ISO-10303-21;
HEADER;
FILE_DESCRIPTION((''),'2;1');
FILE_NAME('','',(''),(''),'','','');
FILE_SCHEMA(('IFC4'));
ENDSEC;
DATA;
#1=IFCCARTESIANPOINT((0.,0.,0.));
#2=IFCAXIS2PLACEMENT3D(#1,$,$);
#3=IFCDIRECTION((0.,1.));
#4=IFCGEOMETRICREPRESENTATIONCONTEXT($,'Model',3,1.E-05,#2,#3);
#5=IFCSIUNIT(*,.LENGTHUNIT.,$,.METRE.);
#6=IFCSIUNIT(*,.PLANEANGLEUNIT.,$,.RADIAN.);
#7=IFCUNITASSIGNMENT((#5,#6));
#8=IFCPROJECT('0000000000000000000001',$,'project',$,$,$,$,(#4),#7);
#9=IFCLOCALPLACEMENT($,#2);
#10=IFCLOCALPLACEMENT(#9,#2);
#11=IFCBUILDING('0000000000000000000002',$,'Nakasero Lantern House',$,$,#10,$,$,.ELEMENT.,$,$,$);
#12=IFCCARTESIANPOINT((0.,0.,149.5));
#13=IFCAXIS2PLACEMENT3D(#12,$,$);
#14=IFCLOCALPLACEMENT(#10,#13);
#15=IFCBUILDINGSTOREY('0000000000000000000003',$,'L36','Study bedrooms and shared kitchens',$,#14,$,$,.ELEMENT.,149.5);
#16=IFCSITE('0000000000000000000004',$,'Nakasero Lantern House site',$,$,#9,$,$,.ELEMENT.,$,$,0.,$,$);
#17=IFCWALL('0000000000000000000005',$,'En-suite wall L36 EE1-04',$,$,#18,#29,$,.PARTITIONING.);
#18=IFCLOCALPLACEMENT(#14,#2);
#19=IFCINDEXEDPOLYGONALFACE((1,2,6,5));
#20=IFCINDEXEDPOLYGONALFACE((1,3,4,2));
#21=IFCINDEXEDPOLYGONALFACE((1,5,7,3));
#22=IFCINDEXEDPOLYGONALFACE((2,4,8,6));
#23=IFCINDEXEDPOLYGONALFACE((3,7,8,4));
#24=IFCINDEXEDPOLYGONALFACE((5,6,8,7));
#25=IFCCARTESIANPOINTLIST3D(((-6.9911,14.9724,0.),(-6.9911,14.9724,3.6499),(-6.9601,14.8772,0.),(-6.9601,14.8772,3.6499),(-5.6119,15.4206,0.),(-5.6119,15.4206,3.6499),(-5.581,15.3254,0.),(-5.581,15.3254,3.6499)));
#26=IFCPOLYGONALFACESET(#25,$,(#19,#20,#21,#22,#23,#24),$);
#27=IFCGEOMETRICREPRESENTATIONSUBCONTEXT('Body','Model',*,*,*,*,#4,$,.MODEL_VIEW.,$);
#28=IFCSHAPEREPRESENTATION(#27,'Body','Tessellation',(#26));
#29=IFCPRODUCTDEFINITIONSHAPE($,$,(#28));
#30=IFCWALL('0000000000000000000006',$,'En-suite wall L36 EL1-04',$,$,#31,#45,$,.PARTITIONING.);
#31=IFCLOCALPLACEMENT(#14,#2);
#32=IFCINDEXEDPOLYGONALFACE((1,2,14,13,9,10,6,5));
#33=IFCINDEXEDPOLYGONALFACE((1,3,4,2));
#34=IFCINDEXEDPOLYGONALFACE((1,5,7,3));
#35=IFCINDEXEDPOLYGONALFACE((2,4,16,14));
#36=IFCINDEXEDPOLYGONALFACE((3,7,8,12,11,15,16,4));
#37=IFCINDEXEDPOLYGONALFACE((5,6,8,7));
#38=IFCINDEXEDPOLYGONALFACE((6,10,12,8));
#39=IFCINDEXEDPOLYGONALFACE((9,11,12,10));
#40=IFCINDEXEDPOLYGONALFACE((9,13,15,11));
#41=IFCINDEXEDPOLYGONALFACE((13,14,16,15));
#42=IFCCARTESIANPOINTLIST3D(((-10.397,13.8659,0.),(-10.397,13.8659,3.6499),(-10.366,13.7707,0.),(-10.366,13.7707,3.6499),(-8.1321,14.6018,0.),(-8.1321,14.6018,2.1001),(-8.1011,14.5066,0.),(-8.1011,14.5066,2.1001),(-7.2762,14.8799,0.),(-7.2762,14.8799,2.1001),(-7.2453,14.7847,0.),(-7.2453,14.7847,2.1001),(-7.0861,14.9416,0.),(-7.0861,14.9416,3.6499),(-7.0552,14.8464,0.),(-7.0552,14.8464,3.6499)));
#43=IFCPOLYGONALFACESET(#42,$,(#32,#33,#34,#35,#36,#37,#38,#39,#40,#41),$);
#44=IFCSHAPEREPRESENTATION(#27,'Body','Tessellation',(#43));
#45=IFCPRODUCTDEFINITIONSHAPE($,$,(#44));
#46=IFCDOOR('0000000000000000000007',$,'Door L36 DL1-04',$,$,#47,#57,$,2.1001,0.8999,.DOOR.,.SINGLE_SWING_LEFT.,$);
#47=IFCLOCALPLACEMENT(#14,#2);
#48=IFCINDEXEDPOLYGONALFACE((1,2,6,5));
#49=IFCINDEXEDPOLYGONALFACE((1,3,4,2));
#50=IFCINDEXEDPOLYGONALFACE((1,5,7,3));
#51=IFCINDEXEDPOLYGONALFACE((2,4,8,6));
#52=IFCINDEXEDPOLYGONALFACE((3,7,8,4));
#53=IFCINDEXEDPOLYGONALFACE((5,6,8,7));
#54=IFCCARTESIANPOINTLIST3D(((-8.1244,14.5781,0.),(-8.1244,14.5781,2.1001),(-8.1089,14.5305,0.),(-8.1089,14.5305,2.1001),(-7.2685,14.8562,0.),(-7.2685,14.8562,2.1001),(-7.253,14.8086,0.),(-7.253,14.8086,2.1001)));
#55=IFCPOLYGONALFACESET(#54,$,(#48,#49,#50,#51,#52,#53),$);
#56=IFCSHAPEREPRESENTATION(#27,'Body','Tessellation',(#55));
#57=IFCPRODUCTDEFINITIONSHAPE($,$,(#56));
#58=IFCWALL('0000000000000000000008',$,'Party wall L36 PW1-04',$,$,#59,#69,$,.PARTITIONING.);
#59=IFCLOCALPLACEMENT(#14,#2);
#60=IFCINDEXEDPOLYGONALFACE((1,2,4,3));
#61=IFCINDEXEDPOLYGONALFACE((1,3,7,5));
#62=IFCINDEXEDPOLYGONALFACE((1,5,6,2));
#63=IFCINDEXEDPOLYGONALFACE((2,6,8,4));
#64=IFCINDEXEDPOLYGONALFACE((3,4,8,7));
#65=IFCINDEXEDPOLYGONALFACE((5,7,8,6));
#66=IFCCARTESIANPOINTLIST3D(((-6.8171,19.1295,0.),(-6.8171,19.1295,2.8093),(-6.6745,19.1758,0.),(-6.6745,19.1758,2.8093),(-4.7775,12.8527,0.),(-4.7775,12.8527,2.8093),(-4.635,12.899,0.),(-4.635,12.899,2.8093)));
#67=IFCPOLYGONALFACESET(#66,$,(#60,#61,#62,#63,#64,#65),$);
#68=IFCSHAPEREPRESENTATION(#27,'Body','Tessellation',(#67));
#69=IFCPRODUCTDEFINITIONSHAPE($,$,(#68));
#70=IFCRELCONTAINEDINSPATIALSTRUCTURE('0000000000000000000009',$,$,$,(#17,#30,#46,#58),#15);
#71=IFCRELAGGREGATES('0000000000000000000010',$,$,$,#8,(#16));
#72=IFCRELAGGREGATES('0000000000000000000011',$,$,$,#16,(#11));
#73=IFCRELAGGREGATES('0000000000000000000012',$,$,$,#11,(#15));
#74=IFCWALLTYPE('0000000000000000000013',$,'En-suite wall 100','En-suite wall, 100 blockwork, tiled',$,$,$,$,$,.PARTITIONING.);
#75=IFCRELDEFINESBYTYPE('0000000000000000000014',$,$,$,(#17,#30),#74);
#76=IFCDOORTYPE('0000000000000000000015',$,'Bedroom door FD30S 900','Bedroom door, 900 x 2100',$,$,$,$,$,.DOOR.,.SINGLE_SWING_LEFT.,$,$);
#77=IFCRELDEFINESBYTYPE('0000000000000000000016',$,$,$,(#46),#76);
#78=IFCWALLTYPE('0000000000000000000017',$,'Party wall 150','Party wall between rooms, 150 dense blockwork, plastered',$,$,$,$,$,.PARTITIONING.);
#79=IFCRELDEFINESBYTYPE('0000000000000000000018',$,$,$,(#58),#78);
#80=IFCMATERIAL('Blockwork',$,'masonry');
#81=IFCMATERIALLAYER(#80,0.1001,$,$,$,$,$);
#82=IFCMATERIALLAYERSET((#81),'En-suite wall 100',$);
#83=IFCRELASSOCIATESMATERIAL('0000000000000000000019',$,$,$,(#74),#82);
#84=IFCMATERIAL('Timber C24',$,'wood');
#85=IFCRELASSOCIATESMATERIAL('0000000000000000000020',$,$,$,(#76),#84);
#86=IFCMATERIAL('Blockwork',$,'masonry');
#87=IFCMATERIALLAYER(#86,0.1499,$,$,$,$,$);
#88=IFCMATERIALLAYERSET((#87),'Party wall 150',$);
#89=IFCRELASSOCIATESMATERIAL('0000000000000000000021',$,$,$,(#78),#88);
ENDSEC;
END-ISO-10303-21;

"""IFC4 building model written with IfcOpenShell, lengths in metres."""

from ifc_helpers import new_model, si_unit, direction, frame, frame_2d, origin, place, context, subcontext, project, spatial, rectangle, extrude, material, layer, layer_set, type_object, element, fill, save


model = new_model("IFC4")

# Units and contexts
model_context = context("Model", 3, precision=1e-05, world=origin(), true_north=direction((0.0, 1.0)))
body_context = subcontext(model_context, "Body", "Model", "MODEL_VIEW")
ifc_project = project(units=[si_unit("LENGTHUNIT", "METRE"), si_unit("PLANEANGLEUNIT", "RADIAN")], contexts=[model_context])

# Site, building, storey
site_placement = place(None, origin())
site = spatial("IfcSite", under=ifc_project, at=site_placement, Name="Nakasero Lantern House site", CompositionType="ELEMENT", RefElevation=0.0)
building_placement = place(site_placement, origin())
building = spatial("IfcBuilding", under=site, at=building_placement, Name="Nakasero Lantern House", CompositionType="ELEMENT")
storey_placement = place(building_placement, frame((0.0, 0.0, 149.5)))
storey = spatial("IfcBuildingStorey", under=building, at=storey_placement, Name="L36", Description="Study bedrooms and shared kitchens", CompositionType="ELEMENT", Elevation=149.5)

# Shared definitions
ifc_material_1 = material(Name="Blockwork", Category="masonry")
ifc_layer_1 = layer(ifc_material_1, 0.1001)
ifc_layer_set_1 = layer_set([ifc_layer_1], Name="En-suite wall 100")
wall_type_1 = type_object("IfcWallType", Name="En-suite wall 100", Description="En-suite wall, 100 blockwork, tiled", PredefinedType="PARTITIONING", material=ifc_layer_set_1)

# Wall
wall_1_placement = place(storey_placement, frame((-5.5964, 15.373, 0.0), z_axis=(0.0, 0.0, 1.0), x_axis=(-0.95103, -0.309097, 0.0)))
element("IfcWall", 1, at=wall_1_placement, inside=storey, type_object=wall_type_1, Name="En-suite wall L36 EE1-04", PredefinedType="PARTITIONING", context=body_context, shape_type="SweptSolid", body=[
    extrude(rectangle(XDim=1.4502, YDim=0.1001, at=frame_2d((0.7251, 0.0))), origin(), (0.0, 0.0, 1.0), 3.6499),
])

# Wall, opening, door
wall_2_placement = place(storey_placement, frame((-7.0706, 14.894, 0.0), z_axis=(0.0, 0.0, 1.0), x_axis=(-0.951061, -0.309002, 0.0)))
wall_2 = element("IfcWall", 2, at=wall_2_placement, inside=storey, type_object=wall_type_1, Name="En-suite wall L36 EL1-04", PredefinedType="PARTITIONING", context=body_context, shape_type="SweptSolid", body=[
    extrude(rectangle(XDim=3.4812, YDim=0.1001, at=frame_2d((1.7407, 0.0))), origin(), (0.0, 0.0, 1.0), 3.6499),
])
opening_1_placement = place(wall_2_placement, frame((0.2, 0.0, 0.0)))
opening_1 = element("IfcOpeningElement", 3, at=opening_1_placement, cuts=wall_2, PredefinedType="OPENING", context=body_context, shape_type="SweptSolid", body=[
    extrude(rectangle(XDim=0.8999, YDim=2.1001, at=frame_2d((0.45, 1.05))), frame((0.0, 0.0701, 0.0), z_axis=(0.0, -1.0, 0.0), x_axis=(1.0, 0.0, 0.0)), (0.0, 0.0, 1.0), 0.1401),
])
ifc_material_2 = material(Name="Timber C24", Category="wood")
door_type_1 = type_object("IfcDoorType", Name="Bedroom door FD30S 900", Description="Bedroom door, 900 x 2100", OperationType="SINGLE_SWING_LEFT", PredefinedType="DOOR", material=ifc_material_2)
door_1_placement = place(opening_1_placement, origin())
door_1 = element("IfcDoor", 4, at=door_1_placement, inside=storey, type_object=door_type_1, Name="Door L36 DL1-04", OperationType="SINGLE_SWING_LEFT", OverallHeight=2.1001, OverallWidth=0.8999, PredefinedType="DOOR", context=body_context, shape_type="SweptSolid", body=[
    extrude(rectangle(XDim=0.8999, YDim=2.1001, at=frame_2d((0.45, 1.05))), frame((0.0, 0.0249, 0.0), z_axis=(0.0, -1.0, 0.0), x_axis=(1.0, 0.0, 0.0)), (0.0, 0.0, 1.0), 0.05),
])
fill(opening_1, door_1)

# Wall
ifc_material_3 = material(Name="Blockwork", Category="masonry")
ifc_layer_2 = layer(ifc_material_3, 0.1499)
ifc_layer_set_2 = layer_set([ifc_layer_2], Name="Party wall 150")
wall_type_2 = type_object("IfcWallType", Name="Party wall 150", Description="Party wall between rooms, 150 dense blockwork, plastered", PredefinedType="PARTITIONING", material=ifc_layer_set_2)
wall_3_placement = place(storey_placement, frame((-4.7063, 12.876, 0.0), z_axis=(0.0, 0.0, 1.0), x_axis=(-0.309028, 0.951053, 0.0)))
element("IfcWall", 5, at=wall_3_placement, inside=storey, type_object=wall_type_2, Name="Party wall L36 PW1-04", PredefinedType="PARTITIONING", context=body_context, shape_type="SweptSolid", body=[
    extrude(rectangle(XDim=6.5999, YDim=0.1499, at=frame_2d((3.2998, 0.0))), origin(), (0.0, 0.0, 1.0), 2.8093),
])

save(model, "model.ifc")
